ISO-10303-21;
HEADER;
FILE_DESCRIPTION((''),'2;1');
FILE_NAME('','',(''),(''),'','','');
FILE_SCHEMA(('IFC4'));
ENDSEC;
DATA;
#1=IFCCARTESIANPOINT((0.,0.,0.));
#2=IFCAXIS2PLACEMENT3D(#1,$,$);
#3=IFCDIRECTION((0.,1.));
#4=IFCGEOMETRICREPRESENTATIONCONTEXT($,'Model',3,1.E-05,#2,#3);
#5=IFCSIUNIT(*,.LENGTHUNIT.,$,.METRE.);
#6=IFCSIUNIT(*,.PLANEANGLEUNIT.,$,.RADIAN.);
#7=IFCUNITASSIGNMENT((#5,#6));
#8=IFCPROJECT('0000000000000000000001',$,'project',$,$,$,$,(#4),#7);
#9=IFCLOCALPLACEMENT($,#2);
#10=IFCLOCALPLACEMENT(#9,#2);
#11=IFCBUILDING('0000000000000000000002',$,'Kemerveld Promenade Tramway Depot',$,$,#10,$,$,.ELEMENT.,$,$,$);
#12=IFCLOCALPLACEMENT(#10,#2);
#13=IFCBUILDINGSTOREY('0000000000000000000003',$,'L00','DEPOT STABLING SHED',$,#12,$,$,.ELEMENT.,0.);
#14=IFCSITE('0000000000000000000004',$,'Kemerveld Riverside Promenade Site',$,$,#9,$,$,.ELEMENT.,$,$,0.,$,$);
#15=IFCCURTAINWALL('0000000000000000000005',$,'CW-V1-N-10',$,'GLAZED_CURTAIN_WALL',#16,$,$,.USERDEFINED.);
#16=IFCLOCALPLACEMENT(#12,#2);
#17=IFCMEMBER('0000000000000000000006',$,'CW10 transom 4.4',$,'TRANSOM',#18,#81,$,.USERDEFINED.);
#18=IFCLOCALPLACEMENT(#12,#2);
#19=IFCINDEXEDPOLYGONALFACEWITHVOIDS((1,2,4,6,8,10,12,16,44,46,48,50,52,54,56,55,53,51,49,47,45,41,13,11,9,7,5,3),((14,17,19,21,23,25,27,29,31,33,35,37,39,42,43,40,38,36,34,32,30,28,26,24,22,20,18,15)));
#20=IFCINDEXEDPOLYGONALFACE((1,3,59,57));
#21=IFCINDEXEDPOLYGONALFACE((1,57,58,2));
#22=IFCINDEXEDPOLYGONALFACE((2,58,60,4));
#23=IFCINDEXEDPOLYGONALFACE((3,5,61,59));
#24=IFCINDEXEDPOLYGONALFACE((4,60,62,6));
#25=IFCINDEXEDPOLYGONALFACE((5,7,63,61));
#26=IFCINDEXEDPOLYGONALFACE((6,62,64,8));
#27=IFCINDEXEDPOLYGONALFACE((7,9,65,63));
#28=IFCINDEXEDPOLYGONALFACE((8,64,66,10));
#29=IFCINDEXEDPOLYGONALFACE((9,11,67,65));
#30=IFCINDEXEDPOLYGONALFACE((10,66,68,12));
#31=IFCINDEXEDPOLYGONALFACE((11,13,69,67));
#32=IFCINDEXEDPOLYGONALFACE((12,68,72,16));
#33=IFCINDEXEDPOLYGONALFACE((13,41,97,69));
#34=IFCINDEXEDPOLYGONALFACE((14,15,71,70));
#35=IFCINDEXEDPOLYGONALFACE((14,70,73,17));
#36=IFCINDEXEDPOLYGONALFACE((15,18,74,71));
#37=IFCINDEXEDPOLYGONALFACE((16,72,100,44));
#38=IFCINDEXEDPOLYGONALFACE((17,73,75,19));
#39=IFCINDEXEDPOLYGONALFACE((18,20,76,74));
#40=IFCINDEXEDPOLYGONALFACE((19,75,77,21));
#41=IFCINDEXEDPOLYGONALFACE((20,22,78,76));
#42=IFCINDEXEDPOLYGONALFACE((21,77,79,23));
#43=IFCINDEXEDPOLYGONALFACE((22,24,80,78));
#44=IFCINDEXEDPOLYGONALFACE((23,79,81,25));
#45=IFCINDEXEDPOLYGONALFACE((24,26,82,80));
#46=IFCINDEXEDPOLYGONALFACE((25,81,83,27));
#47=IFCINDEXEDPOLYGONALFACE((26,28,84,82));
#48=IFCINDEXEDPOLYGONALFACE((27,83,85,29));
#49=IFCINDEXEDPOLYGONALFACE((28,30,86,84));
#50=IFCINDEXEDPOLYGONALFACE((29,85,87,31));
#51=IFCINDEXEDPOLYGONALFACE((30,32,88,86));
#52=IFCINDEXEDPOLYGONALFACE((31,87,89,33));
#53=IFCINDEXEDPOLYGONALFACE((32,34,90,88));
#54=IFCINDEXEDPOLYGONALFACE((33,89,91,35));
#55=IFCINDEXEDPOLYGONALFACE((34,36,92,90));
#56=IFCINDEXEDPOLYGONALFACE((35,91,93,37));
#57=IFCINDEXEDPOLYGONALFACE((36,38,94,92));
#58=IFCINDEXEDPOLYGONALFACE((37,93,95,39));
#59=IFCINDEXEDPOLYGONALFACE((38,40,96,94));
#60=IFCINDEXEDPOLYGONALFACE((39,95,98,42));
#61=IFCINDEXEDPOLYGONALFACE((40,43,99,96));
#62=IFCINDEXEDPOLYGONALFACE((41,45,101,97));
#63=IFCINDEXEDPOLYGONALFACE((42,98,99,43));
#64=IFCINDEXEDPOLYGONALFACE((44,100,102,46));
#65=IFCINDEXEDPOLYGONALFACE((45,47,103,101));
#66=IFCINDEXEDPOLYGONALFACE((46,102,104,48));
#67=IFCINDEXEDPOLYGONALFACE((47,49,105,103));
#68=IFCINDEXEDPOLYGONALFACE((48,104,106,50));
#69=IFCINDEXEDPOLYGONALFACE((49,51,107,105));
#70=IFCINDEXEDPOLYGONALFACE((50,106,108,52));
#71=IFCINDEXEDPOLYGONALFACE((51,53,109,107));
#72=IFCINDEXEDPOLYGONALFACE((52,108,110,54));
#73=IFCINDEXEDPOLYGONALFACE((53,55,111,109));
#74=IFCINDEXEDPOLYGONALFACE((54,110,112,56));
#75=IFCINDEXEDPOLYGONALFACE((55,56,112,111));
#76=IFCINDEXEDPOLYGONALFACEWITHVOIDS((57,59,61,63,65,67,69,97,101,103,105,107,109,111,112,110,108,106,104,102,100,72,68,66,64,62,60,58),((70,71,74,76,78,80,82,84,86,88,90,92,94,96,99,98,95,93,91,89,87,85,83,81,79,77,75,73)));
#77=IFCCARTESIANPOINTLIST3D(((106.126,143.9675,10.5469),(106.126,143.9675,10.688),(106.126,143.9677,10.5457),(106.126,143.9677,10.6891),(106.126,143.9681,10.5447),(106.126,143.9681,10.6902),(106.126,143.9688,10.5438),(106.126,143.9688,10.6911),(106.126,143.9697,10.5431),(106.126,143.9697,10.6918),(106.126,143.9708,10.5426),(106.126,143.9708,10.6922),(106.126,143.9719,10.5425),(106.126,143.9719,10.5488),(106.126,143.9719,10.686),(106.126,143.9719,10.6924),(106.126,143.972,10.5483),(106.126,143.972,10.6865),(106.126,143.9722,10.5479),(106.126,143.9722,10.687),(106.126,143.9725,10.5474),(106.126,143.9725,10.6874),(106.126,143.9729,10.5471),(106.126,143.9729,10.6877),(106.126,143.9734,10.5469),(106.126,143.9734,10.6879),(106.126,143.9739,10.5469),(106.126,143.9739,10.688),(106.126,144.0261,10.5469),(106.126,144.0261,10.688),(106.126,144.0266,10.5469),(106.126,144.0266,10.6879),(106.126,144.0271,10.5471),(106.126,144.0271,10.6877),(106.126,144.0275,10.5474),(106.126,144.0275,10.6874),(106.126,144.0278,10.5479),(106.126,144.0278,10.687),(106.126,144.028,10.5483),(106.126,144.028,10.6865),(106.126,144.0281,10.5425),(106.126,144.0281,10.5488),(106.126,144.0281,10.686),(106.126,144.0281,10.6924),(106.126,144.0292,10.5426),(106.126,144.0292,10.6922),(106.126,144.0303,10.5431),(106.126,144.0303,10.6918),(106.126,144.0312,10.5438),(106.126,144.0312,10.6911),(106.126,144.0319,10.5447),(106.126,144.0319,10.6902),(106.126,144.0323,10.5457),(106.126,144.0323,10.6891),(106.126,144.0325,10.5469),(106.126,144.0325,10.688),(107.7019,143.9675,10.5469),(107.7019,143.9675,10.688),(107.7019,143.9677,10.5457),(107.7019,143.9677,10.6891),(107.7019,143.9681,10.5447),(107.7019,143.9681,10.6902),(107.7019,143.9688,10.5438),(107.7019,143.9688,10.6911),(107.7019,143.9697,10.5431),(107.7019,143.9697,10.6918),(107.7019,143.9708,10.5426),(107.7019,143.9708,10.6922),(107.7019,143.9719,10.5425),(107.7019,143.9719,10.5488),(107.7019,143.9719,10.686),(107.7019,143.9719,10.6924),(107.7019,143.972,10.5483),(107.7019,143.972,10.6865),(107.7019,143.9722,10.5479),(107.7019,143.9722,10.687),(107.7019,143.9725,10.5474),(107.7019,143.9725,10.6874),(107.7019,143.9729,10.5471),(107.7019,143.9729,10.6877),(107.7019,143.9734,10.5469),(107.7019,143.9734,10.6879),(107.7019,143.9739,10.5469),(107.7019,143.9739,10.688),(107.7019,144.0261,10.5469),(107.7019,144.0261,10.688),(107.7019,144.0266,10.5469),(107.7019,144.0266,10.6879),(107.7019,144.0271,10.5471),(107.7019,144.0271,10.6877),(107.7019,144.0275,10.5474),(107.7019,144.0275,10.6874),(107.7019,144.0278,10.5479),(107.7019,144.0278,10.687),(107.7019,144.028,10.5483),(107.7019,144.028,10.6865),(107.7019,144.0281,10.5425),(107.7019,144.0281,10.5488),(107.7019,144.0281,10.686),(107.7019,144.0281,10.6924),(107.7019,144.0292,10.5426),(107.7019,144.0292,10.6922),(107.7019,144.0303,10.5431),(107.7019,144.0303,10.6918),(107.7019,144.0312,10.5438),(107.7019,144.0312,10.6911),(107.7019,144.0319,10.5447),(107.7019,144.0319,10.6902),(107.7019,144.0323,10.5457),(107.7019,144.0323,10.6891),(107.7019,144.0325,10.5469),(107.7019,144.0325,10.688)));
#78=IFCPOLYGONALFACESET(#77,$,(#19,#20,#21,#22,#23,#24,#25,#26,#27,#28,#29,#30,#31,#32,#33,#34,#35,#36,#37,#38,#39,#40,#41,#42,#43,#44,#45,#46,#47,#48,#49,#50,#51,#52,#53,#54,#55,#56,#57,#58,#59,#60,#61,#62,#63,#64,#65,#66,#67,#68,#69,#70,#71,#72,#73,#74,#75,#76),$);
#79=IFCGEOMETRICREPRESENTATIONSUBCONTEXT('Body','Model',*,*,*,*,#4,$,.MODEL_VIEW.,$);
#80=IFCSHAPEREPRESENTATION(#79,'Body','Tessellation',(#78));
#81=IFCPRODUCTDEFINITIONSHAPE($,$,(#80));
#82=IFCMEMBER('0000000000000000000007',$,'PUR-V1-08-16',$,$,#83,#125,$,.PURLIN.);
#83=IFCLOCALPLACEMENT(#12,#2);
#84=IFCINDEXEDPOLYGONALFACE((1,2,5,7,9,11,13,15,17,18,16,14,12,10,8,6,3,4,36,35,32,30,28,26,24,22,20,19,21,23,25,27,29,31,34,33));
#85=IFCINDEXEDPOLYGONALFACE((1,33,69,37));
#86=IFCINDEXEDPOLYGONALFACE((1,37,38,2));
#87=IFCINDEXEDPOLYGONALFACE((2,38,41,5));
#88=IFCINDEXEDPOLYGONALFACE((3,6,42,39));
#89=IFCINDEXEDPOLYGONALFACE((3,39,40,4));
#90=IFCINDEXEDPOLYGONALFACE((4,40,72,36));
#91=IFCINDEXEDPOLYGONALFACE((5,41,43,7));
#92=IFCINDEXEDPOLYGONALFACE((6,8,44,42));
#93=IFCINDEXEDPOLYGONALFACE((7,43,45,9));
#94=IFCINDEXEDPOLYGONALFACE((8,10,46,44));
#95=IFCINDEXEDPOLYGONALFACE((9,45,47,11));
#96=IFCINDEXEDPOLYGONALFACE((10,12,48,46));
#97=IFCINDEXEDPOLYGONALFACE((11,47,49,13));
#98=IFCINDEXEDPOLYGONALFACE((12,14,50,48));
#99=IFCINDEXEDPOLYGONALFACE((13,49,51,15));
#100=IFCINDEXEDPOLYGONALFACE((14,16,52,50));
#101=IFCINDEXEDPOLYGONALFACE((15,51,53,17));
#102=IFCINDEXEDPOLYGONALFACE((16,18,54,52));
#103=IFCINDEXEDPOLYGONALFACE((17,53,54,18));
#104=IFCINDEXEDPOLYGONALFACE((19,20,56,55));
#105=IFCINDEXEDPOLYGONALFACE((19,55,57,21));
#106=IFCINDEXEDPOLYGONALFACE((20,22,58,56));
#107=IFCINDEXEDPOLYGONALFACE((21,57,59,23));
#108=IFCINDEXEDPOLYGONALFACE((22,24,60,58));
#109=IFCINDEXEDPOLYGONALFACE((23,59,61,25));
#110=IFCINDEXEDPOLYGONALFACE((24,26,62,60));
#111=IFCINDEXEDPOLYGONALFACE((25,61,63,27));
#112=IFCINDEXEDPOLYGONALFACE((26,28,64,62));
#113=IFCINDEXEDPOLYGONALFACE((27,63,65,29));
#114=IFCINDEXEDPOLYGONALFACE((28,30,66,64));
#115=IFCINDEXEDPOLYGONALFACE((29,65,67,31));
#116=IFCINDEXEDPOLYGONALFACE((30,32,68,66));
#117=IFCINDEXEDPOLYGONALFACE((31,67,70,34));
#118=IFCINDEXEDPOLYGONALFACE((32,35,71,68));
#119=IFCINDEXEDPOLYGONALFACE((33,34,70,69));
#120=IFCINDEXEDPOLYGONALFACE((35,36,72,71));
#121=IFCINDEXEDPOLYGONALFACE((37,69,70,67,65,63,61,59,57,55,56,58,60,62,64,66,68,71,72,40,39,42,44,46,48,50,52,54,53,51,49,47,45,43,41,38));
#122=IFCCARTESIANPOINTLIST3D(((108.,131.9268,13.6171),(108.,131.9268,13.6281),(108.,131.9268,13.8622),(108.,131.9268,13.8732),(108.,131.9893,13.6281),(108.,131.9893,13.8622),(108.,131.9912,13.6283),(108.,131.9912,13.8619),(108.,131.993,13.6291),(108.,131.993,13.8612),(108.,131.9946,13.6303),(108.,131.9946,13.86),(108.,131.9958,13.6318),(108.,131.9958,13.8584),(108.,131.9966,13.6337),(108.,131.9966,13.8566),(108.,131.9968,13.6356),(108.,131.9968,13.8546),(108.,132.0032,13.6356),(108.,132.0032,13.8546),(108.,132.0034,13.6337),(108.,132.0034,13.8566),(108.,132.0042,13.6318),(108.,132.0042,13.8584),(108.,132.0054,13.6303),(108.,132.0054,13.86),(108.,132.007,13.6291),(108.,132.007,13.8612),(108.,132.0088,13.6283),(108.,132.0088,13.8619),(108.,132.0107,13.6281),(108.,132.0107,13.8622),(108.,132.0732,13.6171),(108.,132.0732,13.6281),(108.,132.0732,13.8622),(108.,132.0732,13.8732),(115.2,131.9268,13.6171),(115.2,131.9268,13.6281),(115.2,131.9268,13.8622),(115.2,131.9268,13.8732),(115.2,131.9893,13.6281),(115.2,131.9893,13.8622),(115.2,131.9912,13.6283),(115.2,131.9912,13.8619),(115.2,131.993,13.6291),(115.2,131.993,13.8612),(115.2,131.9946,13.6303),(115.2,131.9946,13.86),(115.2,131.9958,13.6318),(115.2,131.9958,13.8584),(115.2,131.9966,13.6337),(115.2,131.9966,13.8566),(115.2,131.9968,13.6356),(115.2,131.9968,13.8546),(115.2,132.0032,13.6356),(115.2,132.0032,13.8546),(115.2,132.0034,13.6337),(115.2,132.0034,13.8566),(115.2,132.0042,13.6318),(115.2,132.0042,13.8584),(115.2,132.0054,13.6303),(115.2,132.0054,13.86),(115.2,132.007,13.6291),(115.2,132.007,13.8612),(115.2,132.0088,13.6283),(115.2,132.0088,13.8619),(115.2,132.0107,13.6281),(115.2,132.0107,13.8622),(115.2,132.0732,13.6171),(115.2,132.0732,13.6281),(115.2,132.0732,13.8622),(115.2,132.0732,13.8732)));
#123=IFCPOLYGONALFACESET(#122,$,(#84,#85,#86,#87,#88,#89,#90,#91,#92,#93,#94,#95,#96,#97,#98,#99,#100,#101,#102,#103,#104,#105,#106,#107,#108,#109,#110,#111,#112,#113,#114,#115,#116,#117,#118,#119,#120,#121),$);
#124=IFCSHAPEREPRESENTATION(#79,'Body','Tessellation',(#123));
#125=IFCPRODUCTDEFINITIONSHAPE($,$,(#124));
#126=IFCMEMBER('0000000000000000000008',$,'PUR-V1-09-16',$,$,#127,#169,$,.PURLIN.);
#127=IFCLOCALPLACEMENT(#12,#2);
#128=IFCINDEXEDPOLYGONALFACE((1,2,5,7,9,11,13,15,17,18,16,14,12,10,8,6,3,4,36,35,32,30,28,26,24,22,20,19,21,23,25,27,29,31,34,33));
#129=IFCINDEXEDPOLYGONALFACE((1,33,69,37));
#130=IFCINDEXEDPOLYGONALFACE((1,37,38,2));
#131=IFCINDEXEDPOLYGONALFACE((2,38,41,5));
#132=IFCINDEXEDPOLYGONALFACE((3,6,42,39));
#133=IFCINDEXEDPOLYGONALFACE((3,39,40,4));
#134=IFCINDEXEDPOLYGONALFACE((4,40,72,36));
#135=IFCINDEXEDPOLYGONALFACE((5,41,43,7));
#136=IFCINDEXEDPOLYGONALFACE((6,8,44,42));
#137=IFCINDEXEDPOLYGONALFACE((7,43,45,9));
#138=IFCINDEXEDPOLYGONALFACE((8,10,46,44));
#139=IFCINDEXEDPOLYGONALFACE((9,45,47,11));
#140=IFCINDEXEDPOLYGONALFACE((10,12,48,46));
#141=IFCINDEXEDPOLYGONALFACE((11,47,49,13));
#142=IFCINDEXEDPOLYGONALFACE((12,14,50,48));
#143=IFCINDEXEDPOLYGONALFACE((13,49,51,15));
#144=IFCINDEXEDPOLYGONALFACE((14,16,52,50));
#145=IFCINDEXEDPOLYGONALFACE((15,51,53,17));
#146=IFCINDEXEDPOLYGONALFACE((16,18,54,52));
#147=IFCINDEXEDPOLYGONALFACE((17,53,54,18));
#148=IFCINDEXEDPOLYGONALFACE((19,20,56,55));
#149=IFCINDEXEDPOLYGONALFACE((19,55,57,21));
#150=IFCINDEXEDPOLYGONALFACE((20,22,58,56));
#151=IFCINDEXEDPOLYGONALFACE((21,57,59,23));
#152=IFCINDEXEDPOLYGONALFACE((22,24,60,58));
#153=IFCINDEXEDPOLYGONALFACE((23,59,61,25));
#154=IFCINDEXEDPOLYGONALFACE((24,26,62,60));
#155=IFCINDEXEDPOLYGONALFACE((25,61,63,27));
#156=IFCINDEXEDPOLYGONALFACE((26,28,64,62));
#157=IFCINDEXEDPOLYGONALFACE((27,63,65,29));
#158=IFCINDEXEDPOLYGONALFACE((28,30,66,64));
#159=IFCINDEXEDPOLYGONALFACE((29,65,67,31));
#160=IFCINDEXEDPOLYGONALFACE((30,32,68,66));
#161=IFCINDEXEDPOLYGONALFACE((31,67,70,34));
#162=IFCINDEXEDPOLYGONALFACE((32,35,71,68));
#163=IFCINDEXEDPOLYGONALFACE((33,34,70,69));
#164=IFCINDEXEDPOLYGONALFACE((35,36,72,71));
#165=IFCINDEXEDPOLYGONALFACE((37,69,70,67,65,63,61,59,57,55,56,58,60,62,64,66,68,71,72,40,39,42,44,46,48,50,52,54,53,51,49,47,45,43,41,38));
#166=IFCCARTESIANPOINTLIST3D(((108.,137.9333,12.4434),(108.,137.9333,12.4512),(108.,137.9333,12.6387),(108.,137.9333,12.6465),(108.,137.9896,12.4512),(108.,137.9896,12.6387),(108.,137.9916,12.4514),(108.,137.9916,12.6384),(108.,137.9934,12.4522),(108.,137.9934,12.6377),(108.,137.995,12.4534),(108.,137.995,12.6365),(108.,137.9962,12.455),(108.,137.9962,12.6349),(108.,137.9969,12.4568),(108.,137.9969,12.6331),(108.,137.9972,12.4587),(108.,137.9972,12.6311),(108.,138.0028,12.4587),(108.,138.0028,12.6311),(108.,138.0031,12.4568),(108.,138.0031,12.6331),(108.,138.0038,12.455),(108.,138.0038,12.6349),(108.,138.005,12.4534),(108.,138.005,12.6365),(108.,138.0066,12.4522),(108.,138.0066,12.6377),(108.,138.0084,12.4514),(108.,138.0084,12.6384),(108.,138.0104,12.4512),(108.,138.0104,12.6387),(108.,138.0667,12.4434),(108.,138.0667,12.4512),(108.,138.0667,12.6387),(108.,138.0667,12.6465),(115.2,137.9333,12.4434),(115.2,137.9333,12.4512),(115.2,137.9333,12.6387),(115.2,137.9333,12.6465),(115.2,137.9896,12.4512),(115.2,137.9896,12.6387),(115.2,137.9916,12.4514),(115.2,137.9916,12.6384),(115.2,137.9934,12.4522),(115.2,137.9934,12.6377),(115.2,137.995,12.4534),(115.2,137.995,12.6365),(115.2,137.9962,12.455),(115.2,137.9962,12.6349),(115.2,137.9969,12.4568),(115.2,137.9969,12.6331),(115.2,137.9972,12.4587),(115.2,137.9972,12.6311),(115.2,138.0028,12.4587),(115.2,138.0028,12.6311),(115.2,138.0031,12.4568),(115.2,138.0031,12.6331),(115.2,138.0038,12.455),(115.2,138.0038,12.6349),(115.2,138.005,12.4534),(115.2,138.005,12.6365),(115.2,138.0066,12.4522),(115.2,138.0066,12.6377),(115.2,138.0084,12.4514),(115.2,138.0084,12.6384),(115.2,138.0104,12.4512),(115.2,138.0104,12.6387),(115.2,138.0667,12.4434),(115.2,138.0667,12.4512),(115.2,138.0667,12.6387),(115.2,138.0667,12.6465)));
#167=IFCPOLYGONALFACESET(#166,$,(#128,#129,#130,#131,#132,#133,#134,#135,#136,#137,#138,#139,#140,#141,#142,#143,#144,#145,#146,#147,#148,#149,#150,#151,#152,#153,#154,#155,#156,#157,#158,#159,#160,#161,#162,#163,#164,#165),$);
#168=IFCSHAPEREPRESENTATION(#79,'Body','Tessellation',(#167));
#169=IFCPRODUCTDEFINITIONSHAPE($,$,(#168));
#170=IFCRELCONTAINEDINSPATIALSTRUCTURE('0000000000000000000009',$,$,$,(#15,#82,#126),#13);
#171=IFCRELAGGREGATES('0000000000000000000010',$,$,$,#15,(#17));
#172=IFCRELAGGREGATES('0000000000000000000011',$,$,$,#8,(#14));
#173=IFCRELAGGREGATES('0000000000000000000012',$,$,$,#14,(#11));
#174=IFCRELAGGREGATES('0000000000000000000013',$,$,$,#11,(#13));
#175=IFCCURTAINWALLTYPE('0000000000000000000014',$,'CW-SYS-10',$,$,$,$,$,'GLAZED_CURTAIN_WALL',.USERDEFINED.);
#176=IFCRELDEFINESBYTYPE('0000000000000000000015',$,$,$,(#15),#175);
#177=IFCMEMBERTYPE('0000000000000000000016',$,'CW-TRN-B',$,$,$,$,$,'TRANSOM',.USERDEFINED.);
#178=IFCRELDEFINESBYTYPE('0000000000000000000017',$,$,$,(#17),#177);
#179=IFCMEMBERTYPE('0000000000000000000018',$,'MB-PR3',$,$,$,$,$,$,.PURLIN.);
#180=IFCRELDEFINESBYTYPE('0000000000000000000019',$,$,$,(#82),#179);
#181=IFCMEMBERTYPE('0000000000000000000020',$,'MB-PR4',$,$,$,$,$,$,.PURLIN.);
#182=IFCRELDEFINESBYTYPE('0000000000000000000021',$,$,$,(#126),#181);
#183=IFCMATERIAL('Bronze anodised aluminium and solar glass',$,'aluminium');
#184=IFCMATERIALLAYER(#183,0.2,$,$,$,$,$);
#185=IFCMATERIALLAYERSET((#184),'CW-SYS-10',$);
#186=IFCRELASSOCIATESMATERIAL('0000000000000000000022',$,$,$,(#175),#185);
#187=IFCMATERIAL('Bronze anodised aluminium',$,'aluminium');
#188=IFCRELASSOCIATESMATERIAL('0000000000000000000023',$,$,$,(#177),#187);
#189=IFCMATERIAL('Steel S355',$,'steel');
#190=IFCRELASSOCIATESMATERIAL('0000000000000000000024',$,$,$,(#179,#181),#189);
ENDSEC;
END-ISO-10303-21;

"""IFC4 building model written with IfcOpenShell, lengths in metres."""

from ifc_helpers import new_model, si_unit, direction, frame, origin, origin_2d, place, context, subcontext, project, spatial, hollow_rectangle, i_section, extrude, material, layer, layer_set, material_profile, profile_set, type_object, element, aggregate, save


model = new_model("IFC4")

# Units and contexts
model_context = context("Model", 3, precision=1e-05, world=origin(), true_north=direction((0.0, 1.0)))
body_context = subcontext(model_context, "Body", "Model", "MODEL_VIEW")
ifc_project = project(units=[si_unit("LENGTHUNIT", "METRE"), si_unit("PLANEANGLEUNIT", "RADIAN")], contexts=[model_context])

# Site, building, storey
site_placement = place(None, origin())
site = spatial("IfcSite", under=ifc_project, at=site_placement, Name="Kemerveld Riverside Promenade Site", CompositionType="ELEMENT", RefElevation=0.0)
building_placement = place(site_placement, origin())
building = spatial("IfcBuilding", under=site, at=building_placement, Name="Kemerveld Promenade Tramway Depot", CompositionType="ELEMENT")
storey_placement = place(building_placement, origin())
storey = spatial("IfcBuildingStorey", under=building, at=storey_placement, Name="L00", Description="DEPOT STABLING SHED", CompositionType="ELEMENT", Elevation=0.0)

# Shared definitions
ifc_material_1 = material(Name="Steel S355", Category="steel")

# Curtain wall, member
ifc_material_2 = material(Name="Bronze anodised aluminium and solar glass", Category="aluminium")
ifc_material_3 = material(Name="Bronze anodised aluminium", Category="aluminium")
ifc_layer_1 = layer(ifc_material_2, 0.2)
ifc_layer_set_1 = layer_set([ifc_layer_1], Name="CW-SYS-10")
curtain_wall_type_1 = type_object("IfcCurtainWallType", Name="CW-SYS-10", ElementType="GLAZED_CURTAIN_WALL", PredefinedType="USERDEFINED", material=ifc_layer_set_1)
curtain_wall_1_placement = place(storey_placement, origin())
curtain_wall_1 = element("IfcCurtainWall", 1, at=curtain_wall_1_placement, inside=storey, type_object=curtain_wall_type_1, Name="CW-V1-N-10", ObjectType="GLAZED_CURTAIN_WALL", PredefinedType="USERDEFINED")
ifc_material_profile_1 = material_profile(ifc_material_3, hollow_rectangle(XDim=0.0649, YDim=0.1499, WallThickness=0.0044, InnerFilletRadius=0.002, OuterFilletRadius=0.0044, at=origin_2d()), Name="CW-TRN-150x65")
ifc_profile_set_1 = profile_set([ifc_material_profile_1], Name="Bronze anodised aluminium")
member_type_1 = type_object("IfcMemberType", Name="CW-TRN-B", ElementType="TRANSOM", PredefinedType="USERDEFINED", material=ifc_profile_set_1)
member_1_placement = place(storey_placement, frame((106.126, 144.0, 10.6174), z_axis=(1.0, 0.0, 0.0), x_axis=(0.0, 1.0, 0.0)))
member_1 = element("IfcMember", 2, at=member_1_placement, type_object=member_type_1, Name="CW10 transom 4.4", ObjectType="TRANSOM", PredefinedType="USERDEFINED", context=body_context, shape_type="SweptSolid", body=[
    extrude(hollow_rectangle(XDim=0.0649, YDim=0.1499, WallThickness=0.0044, InnerFilletRadius=0.002, OuterFilletRadius=0.0044, at=origin_2d()), origin(), (0.0, 0.0, 1.0), 1.5759),
])

# Members
ifc_material_profile_2 = material_profile(ifc_material_1, i_section(OverallWidth=0.1465, OverallDepth=0.2561, WebThickness=0.0063, FlangeThickness=0.011, FilletRadius=0.0076, at=origin_2d()), Name="254x146x37 UB")
ifc_profile_set_2 = profile_set([ifc_material_profile_2], Name="Steel S355")
member_type_2 = type_object("IfcMemberType", Name="MB-PR3", PredefinedType="PURLIN", material=ifc_profile_set_2)
member_2_placement = place(storey_placement, frame((108.0, 132.0, 13.7451), z_axis=(1.0, 0.0, 0.0), x_axis=(0.0, 1.0, 0.0)))
element("IfcMember", 3, at=member_2_placement, inside=storey, type_object=member_type_2, Name="PUR-V1-08-16", PredefinedType="PURLIN", context=body_context, shape_type="SweptSolid", body=[
    extrude(i_section(OverallWidth=0.1465, OverallDepth=0.2561, WebThickness=0.0063, FlangeThickness=0.011, FilletRadius=0.0076, at=origin_2d()), origin(), (0.0, 0.0, 1.0), 7.2),
])
ifc_material_profile_3 = material_profile(ifc_material_1, i_section(OverallWidth=0.1333, OverallDepth=0.2031, WebThickness=0.0056, FlangeThickness=0.0078, FilletRadius=0.0076, at=origin_2d()), Name="203x133x25 UB")
ifc_profile_set_3 = profile_set([ifc_material_profile_3], Name="Steel S355")
member_type_3 = type_object("IfcMemberType", Name="MB-PR4", PredefinedType="PURLIN", material=ifc_profile_set_3)
member_3_placement = place(storey_placement, frame((108.0, 138.0, 12.5449), z_axis=(1.0, 0.0, 0.0), x_axis=(0.0, 1.0, 0.0)))
element("IfcMember", 4, at=member_3_placement, inside=storey, type_object=member_type_3, Name="PUR-V1-09-16", PredefinedType="PURLIN", context=body_context, shape_type="SweptSolid", body=[
    extrude(i_section(OverallWidth=0.1333, OverallDepth=0.2031, WebThickness=0.0056, FlangeThickness=0.0078, FilletRadius=0.0076, at=origin_2d()), origin(), (0.0, 0.0, 1.0), 7.2),
])

aggregate(curtain_wall_1, [member_1])

save(model, "model.ifc")
